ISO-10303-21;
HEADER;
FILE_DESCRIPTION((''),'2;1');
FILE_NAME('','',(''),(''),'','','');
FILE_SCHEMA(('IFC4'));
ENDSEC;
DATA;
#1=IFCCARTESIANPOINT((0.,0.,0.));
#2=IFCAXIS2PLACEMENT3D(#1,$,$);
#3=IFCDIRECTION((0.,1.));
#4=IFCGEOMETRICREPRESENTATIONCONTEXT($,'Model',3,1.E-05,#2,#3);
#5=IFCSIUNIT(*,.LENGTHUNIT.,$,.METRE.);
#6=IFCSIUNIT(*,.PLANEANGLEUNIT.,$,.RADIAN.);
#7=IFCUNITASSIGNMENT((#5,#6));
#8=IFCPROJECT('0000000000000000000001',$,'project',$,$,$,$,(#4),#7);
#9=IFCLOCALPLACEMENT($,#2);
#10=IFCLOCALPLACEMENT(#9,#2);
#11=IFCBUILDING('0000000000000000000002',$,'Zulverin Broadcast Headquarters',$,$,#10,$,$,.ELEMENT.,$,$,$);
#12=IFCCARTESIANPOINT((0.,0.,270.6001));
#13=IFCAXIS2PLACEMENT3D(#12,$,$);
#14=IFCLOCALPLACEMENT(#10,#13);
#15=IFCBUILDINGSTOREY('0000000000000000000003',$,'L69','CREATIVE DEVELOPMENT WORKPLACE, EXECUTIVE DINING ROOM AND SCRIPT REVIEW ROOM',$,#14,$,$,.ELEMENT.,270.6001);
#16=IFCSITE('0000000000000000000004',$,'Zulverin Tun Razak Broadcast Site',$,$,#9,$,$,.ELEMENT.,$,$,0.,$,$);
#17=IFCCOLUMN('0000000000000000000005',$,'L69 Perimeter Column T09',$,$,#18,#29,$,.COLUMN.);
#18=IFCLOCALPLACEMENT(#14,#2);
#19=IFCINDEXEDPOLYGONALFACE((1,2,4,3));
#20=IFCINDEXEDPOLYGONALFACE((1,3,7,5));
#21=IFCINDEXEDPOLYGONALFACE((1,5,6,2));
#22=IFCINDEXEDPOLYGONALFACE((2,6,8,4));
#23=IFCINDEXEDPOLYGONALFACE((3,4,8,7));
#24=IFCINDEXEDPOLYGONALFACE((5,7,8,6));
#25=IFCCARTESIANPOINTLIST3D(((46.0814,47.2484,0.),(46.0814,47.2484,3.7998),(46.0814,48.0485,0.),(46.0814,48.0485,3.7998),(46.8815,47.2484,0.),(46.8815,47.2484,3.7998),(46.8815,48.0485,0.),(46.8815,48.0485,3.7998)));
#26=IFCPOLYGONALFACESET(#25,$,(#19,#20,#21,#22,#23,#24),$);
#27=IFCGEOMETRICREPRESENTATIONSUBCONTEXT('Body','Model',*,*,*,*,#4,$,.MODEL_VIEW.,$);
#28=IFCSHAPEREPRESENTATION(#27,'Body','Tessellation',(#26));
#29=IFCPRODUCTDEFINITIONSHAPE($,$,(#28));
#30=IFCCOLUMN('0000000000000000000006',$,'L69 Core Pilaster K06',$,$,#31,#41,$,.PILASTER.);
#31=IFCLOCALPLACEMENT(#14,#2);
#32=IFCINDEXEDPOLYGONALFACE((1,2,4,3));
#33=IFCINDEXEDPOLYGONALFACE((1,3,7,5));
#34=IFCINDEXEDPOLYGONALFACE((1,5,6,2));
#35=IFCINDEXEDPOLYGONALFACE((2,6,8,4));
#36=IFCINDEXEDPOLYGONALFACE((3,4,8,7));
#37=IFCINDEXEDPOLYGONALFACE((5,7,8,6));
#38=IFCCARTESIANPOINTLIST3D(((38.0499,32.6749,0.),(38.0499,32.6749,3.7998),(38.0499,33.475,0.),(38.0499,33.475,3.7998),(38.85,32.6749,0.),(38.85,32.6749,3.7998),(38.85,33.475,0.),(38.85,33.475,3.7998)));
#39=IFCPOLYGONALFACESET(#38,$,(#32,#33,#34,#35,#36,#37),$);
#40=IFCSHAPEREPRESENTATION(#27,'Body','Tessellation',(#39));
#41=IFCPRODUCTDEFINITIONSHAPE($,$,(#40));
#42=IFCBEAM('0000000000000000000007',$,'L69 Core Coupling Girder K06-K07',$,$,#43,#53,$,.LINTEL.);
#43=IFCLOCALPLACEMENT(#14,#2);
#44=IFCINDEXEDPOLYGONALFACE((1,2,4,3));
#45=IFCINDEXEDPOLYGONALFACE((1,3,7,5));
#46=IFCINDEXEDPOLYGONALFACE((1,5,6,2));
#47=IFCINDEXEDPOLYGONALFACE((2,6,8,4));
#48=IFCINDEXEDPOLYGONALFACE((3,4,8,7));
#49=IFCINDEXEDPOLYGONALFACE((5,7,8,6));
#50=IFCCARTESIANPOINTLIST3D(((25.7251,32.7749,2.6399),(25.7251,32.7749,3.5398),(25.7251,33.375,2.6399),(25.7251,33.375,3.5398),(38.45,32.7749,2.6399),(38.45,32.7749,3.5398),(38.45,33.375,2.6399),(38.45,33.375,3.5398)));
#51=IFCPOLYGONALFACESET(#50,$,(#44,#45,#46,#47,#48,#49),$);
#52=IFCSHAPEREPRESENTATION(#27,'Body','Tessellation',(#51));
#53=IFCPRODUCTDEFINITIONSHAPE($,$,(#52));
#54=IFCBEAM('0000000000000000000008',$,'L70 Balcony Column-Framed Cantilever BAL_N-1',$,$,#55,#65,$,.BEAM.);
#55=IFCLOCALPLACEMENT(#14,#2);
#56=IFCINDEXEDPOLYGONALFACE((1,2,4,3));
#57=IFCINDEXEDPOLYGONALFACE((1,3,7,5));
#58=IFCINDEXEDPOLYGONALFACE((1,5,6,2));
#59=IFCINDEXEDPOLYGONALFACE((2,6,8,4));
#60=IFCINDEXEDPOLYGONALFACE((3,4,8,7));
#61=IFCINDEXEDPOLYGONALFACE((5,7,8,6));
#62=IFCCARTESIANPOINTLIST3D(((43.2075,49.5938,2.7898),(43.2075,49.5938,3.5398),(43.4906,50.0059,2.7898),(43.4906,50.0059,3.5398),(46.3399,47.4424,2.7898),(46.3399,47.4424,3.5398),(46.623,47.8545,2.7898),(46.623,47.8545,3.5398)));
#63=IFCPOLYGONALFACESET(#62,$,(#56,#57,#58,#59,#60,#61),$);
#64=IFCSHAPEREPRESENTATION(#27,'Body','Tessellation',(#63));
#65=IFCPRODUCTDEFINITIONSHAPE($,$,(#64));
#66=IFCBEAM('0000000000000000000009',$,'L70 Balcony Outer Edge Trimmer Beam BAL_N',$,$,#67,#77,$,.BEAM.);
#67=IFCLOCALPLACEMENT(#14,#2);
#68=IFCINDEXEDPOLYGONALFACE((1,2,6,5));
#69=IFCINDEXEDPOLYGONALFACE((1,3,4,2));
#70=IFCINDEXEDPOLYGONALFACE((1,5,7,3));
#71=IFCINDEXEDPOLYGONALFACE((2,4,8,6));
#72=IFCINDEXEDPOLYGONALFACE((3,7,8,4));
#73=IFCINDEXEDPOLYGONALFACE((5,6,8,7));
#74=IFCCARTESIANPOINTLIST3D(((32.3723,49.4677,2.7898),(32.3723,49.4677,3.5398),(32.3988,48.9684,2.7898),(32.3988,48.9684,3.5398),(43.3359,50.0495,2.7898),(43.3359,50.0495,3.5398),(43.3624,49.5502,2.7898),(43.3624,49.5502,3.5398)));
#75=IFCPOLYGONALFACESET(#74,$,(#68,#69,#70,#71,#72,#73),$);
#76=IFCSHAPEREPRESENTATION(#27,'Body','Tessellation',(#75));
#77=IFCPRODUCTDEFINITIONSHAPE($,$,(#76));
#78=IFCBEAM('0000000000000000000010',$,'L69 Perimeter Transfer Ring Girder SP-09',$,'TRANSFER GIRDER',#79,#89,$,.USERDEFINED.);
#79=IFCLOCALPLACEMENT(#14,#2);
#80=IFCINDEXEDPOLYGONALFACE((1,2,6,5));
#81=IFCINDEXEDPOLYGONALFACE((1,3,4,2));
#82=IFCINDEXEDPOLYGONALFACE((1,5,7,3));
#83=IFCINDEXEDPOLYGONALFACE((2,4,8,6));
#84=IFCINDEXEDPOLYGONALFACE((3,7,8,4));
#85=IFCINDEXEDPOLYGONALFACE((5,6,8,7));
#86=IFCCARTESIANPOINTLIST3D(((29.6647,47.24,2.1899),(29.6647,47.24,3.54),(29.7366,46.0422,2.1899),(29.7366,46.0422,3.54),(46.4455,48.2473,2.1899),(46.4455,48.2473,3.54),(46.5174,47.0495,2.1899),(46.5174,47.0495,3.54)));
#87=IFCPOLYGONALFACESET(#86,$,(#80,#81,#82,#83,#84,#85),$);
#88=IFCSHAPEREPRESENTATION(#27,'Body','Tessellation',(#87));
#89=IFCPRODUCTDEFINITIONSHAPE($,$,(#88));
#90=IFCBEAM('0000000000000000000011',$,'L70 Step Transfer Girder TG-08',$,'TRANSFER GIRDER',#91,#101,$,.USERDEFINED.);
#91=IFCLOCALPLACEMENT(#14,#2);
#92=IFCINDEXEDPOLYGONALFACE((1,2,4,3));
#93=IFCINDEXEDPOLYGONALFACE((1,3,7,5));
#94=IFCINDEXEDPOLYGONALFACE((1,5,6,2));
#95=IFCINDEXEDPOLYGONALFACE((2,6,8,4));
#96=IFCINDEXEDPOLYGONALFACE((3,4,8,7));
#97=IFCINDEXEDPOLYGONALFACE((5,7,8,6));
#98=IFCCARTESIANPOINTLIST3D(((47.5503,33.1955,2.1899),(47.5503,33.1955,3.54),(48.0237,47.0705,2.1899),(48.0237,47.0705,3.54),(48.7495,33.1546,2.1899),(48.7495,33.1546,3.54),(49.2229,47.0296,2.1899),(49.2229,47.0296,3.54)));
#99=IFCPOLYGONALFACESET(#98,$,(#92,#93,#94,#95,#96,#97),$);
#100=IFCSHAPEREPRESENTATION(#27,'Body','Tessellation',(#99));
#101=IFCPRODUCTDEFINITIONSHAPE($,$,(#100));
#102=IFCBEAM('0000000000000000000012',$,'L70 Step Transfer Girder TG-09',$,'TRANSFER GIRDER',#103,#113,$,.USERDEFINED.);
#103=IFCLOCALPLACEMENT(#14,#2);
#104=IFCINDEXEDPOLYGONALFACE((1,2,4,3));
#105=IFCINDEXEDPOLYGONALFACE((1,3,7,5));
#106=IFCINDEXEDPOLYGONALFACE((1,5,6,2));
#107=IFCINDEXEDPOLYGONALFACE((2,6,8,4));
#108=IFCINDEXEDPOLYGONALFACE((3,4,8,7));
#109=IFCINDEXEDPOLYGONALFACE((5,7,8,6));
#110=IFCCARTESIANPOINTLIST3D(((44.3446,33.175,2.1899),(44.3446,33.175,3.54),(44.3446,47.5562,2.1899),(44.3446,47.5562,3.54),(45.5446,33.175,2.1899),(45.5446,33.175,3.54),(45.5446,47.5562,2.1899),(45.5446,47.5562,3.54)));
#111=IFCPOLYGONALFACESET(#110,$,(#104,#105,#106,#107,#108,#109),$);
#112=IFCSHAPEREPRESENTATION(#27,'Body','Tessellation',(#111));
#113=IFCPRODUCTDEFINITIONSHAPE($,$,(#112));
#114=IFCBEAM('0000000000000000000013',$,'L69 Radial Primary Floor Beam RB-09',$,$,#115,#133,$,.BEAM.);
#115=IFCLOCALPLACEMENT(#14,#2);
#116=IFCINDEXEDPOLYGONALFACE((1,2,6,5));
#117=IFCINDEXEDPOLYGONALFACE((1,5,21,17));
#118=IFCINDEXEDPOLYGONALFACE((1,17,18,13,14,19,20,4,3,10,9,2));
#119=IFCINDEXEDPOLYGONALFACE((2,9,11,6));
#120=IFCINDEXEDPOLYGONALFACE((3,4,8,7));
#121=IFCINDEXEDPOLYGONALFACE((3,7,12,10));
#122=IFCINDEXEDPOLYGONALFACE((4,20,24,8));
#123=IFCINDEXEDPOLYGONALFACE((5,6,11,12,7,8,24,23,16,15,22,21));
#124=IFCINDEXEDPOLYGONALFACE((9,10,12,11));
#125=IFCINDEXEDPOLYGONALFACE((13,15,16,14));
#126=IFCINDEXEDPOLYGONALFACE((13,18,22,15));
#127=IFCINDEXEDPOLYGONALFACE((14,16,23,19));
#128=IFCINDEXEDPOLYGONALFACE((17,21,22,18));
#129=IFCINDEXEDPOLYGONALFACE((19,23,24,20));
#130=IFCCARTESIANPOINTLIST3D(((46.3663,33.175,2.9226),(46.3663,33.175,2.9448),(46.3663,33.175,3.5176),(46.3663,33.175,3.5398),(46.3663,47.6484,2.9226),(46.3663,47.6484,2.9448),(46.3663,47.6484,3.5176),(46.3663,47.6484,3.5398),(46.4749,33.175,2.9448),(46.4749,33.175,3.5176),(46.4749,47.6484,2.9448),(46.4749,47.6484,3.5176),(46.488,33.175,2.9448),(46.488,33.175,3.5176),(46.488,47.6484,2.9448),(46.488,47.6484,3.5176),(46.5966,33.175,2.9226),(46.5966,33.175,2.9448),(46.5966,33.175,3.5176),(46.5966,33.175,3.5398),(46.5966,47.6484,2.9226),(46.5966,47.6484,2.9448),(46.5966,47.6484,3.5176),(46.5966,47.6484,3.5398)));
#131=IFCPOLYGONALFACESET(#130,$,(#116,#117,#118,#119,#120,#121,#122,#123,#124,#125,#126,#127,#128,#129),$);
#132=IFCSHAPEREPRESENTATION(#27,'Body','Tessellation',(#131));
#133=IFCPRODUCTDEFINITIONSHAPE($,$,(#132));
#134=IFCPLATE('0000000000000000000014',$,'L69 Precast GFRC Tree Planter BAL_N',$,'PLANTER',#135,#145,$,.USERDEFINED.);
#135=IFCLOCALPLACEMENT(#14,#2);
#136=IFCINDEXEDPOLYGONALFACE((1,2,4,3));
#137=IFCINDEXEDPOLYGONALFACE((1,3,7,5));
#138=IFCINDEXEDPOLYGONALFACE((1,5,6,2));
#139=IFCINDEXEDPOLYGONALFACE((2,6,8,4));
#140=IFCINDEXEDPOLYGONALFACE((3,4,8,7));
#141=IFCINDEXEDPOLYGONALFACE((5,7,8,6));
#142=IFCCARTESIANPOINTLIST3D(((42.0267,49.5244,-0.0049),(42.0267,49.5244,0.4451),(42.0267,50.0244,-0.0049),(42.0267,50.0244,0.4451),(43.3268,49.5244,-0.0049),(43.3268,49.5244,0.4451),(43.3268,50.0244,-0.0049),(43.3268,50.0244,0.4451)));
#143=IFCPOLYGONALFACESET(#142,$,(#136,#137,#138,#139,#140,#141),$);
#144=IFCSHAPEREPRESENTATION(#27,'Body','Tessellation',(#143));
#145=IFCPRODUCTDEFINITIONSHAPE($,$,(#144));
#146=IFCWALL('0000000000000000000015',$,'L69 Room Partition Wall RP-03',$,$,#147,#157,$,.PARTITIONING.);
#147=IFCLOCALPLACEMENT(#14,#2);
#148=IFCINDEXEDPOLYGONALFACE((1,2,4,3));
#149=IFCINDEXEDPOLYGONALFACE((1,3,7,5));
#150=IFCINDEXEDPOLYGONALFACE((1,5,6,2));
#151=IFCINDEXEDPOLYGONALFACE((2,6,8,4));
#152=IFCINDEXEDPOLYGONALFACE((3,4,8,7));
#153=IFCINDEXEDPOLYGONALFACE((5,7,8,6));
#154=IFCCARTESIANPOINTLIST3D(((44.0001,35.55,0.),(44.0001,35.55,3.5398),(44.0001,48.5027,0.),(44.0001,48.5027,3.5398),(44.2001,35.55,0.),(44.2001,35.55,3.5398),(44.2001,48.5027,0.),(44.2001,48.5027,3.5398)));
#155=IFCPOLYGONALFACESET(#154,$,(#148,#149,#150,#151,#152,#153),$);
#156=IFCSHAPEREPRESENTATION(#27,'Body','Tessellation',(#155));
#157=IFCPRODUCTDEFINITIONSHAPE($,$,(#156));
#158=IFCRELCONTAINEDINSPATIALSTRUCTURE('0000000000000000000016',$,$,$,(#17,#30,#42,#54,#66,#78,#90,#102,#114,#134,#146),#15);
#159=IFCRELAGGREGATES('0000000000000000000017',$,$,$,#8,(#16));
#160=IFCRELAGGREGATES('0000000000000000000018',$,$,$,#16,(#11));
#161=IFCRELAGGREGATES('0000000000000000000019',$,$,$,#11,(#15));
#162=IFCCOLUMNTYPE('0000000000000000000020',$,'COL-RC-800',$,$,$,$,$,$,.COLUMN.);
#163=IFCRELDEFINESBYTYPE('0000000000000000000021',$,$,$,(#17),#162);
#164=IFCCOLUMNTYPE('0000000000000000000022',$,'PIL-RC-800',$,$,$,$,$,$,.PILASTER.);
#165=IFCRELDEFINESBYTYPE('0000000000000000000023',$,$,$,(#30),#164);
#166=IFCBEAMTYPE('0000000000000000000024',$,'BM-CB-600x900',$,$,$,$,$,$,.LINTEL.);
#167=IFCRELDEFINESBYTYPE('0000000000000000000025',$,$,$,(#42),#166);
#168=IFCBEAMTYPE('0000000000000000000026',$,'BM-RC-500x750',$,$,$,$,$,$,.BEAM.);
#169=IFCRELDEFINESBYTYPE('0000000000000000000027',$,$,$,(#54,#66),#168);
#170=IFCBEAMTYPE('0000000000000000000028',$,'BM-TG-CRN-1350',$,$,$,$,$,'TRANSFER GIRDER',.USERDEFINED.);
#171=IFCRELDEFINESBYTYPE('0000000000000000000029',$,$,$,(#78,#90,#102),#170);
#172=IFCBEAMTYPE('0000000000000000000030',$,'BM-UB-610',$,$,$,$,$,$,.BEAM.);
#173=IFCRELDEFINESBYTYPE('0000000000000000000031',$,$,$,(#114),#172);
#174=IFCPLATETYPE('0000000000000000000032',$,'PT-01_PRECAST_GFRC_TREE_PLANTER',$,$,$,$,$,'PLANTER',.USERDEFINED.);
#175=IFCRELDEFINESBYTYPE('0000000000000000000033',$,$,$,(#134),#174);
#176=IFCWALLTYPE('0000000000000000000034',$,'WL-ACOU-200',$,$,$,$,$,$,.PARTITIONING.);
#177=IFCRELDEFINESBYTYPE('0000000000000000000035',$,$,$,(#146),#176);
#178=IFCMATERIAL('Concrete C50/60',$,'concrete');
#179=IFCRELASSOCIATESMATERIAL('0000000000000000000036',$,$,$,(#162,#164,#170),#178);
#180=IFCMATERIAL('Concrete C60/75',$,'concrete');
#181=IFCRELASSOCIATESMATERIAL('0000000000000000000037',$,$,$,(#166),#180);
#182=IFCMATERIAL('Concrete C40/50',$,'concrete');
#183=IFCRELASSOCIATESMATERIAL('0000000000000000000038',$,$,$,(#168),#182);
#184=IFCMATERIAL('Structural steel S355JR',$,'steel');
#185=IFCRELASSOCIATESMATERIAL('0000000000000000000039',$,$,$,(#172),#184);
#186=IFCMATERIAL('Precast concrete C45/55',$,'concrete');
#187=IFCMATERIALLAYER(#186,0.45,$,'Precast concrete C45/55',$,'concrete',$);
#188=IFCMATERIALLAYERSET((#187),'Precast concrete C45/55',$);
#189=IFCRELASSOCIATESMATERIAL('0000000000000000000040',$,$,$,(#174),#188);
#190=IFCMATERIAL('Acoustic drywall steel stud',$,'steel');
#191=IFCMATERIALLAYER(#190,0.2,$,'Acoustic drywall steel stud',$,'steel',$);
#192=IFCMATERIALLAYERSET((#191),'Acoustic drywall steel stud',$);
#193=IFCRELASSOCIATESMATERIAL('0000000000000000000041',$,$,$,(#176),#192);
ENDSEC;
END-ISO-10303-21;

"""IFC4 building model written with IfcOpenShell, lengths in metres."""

from ifc_helpers import new_model, si_unit, direction, frame, frame_2d, origin, origin_2d, place, context, subcontext, project, spatial, rectangle, i_section, extrude, material, layer, layer_set, material_profile, profile_set, type_object, element, save


model = new_model("IFC4")

# Units and contexts
model_context = context("Model", 3, precision=1e-05, world=origin(), true_north=direction((0.0, 1.0)))
body_context = subcontext(model_context, "Body", "Model", "MODEL_VIEW")
ifc_project = project(units=[si_unit("LENGTHUNIT", "METRE"), si_unit("PLANEANGLEUNIT", "RADIAN")], contexts=[model_context])

# Site, building, storey
site_placement = place(None, origin())
site = spatial("IfcSite", under=ifc_project, at=site_placement, Name="Zulverin Tun Razak Broadcast Site", CompositionType="ELEMENT", RefElevation=0.0)
building_placement = place(site_placement, origin())
building = spatial("IfcBuilding", under=site, at=building_placement, Name="Zulverin Broadcast Headquarters", CompositionType="ELEMENT")
storey_placement = place(building_placement, frame((0.0, 0.0, 270.6001)))
storey = spatial("IfcBuildingStorey", under=building, at=storey_placement, Name="L69", Description="CREATIVE DEVELOPMENT WORKPLACE, EXECUTIVE DINING ROOM AND SCRIPT REVIEW ROOM", CompositionType="ELEMENT", Elevation=270.6001)

# Columns
ifc_material_1 = material(Name="Concrete C50/60", Category="concrete")
ifc_material_profile_1 = material_profile(ifc_material_1, rectangle(XDim=0.8, YDim=0.8, at=origin_2d()), Name="Concrete C50/60", Category="concrete")
ifc_profile_set_1 = profile_set([ifc_material_profile_1], Name="Concrete C50/60")
column_type_1 = type_object("IfcColumnType", Name="COL-RC-800", PredefinedType="COLUMN", material=ifc_profile_set_1)
column_1_placement = place(storey_placement, frame((46.4814, 47.6484, 0.0), z_axis=(0.0, 0.0, 1.0), x_axis=(1.0, 0.0, 0.0)))
element("IfcColumn", 1, at=column_1_placement, inside=storey, type_object=column_type_1, Name="L69 Perimeter Column T09", PredefinedType="COLUMN", context=body_context, shape_type="SweptSolid", body=[
    extrude(rectangle(XDim=0.8, YDim=0.8, at=origin_2d()), origin(), (0.0, 0.0, 1.0), 3.7998),
])
ifc_material_profile_2 = material_profile(ifc_material_1, rectangle(XDim=0.8, YDim=0.8, at=origin_2d()), Name="Concrete C50/60", Category="concrete")
ifc_profile_set_2 = profile_set([ifc_material_profile_2], Name="Concrete C50/60")
column_type_2 = type_object("IfcColumnType", Name="PIL-RC-800", PredefinedType="PILASTER", material=ifc_profile_set_2)
column_2_placement = place(storey_placement, frame((38.45, 33.075, 0.0), z_axis=(0.0, 0.0, 1.0), x_axis=(1.0, 0.0, 0.0)))
element("IfcColumn", 2, at=column_2_placement, inside=storey, type_object=column_type_2, Name="L69 Core Pilaster K06", PredefinedType="PILASTER", context=body_context, shape_type="SweptSolid", body=[
    extrude(rectangle(XDim=0.8, YDim=0.8, at=origin_2d()), origin(), (0.0, 0.0, 1.0), 3.7998),
])

# Beams
ifc_material_2 = material(Name="Concrete C60/75", Category="concrete")
ifc_material_profile_3 = material_profile(ifc_material_2, rectangle(XDim=0.6001, YDim=0.8999, at=origin_2d()), Name="Concrete C60/75", Category="concrete")
ifc_profile_set_3 = profile_set([ifc_material_profile_3], Name="Concrete C60/75")
beam_type_1 = type_object("IfcBeamType", Name="BM-CB-600x900", PredefinedType="LINTEL", material=ifc_profile_set_3)
beam_1_placement = place(storey_placement, frame((38.45, 33.075, 3.0898), z_axis=(-1.0, 0.0, 0.0), x_axis=(0.0, -1.0, 0.0)))
element("IfcBeam", 3, at=beam_1_placement, inside=storey, type_object=beam_type_1, Name="L69 Core Coupling Girder K06-K07", PredefinedType="LINTEL", context=body_context, shape_type="SweptSolid", body=[
    extrude(rectangle(XDim=0.6001, YDim=0.8999, at=origin_2d()), origin(), (0.0, 0.0, 1.0), 12.7249),
])
ifc_material_3 = material(Name="Concrete C40/50", Category="concrete")
ifc_material_profile_4 = material_profile(ifc_material_3, rectangle(XDim=0.5, YDim=0.75, at=origin_2d()), Name="Concrete C40/50", Category="concrete")
ifc_profile_set_4 = profile_set([ifc_material_profile_4], Name="Concrete C40/50")
beam_type_2 = type_object("IfcBeamType", Name="BM-RC-500x750", PredefinedType="BEAM", material=ifc_profile_set_4)
beam_2_placement = place(storey_placement, frame((46.4814, 47.6484, 3.1648), z_axis=(-0.824301, 0.566152, 0.0), x_axis=(-0.566152, -0.824301, 0.0)))
element("IfcBeam", 4, at=beam_2_placement, inside=storey, type_object=beam_type_2, Name="L70 Balcony Column-Framed Cantilever BAL_N-1", PredefinedType="BEAM", context=body_context, shape_type="SweptSolid", body=[
    extrude(rectangle(XDim=0.5, YDim=0.75, at=origin_2d()), origin(), (0.0, 0.0, 1.0), 3.8),
])
beam_3_placement = place(storey_placement, frame((43.3491, 49.7998, 3.1648), z_axis=(-0.998595, -0.052991, 0.0), x_axis=(0.052991, -0.998595, 0.0)))
element("IfcBeam", 5, at=beam_3_placement, inside=storey, type_object=beam_type_2, Name="L70 Balcony Outer Edge Trimmer Beam BAL_N", PredefinedType="BEAM", context=body_context, shape_type="SweptSolid", body=[
    extrude(rectangle(XDim=0.5, YDim=0.75, at=origin_2d()), origin(), (0.0, 0.0, 1.0), 10.979),
])
ifc_material_profile_5 = material_profile(ifc_material_1, rectangle(XDim=1.2, YDim=1.3501, at=origin_2d()), Name="Concrete C50/60", Category="concrete")
ifc_profile_set_5 = profile_set([ifc_material_profile_5], Name="Concrete C50/60")
beam_type_3 = type_object("IfcBeamType", Name="BM-TG-CRN-1350", ElementType="TRANSFER GIRDER", PredefinedType="USERDEFINED", material=ifc_profile_set_5)
beam_4_placement = place(storey_placement, frame((46.4814, 47.6484, 2.865), z_axis=(-0.998203, -0.059921, 0.0), x_axis=(0.059921, -0.998203, 0.0)))
element("IfcBeam", 6, at=beam_4_placement, inside=storey, type_object=beam_type_3, Name="L69 Perimeter Transfer Ring Girder SP-09", ObjectType="TRANSFER GIRDER", PredefinedType="USERDEFINED", context=body_context, shape_type="SweptSolid", body=[
    extrude(rectangle(XDim=1.2, YDim=1.3501, at=origin_2d()), origin(), (0.0, 0.0, 1.0), 16.811),
])
beam_5_placement = place(storey_placement, frame((48.1499, 33.175, 2.865), z_axis=(0.034098, 0.999418, 0.0), x_axis=(-0.999418, 0.034098, 0.0)))
element("IfcBeam", 7, at=beam_5_placement, inside=storey, type_object=beam_type_3, Name="L70 Step Transfer Girder TG-08", ObjectType="TRANSFER GIRDER", PredefinedType="USERDEFINED", context=body_context, shape_type="SweptSolid", body=[
    extrude(rectangle(XDim=1.2, YDim=1.3501, at=origin_2d()), origin(), (0.0, 0.0, 1.0), 13.8831),
])
beam_6_placement = place(storey_placement, frame((44.9446, 33.175, 2.865), z_axis=(0.0, 1.0, 0.0), x_axis=(-1.0, 0.0, 0.0)))
element("IfcBeam", 8, at=beam_6_placement, inside=storey, type_object=beam_type_3, Name="L70 Step Transfer Girder TG-09", ObjectType="TRANSFER GIRDER", PredefinedType="USERDEFINED", context=body_context, shape_type="SweptSolid", body=[
    extrude(rectangle(XDim=1.2, YDim=1.3501, at=origin_2d()), origin(), (0.0, 0.0, 1.0), 14.3811),
])
ifc_material_4 = material(Name="Structural steel S355JR", Category="steel")
ifc_material_profile_6 = material_profile(ifc_material_4, i_section(OverallWidth=0.2302, OverallDepth=0.6172, WebThickness=0.0132, FlangeThickness=0.0222, at=origin_2d()), Name="Structural steel S355JR", Category="steel")
ifc_profile_set_6 = profile_set([ifc_material_profile_6], Name="Structural steel S355JR")
beam_type_4 = type_object("IfcBeamType", Name="BM-UB-610", PredefinedType="BEAM", material=ifc_profile_set_6)
beam_7_placement = place(storey_placement, frame((46.4814, 33.175, 3.2312), z_axis=(0.0, 1.0, 0.0), x_axis=(-1.0, 0.0, 0.0)))
element("IfcBeam", 9, at=beam_7_placement, inside=storey, type_object=beam_type_4, Name="L69 Radial Primary Floor Beam RB-09", PredefinedType="BEAM", context=body_context, shape_type="SweptSolid", body=[
    extrude(i_section(OverallWidth=0.2302, OverallDepth=0.6172, WebThickness=0.0132, FlangeThickness=0.0222, at=origin_2d()), origin(), (0.0, 0.0, 1.0), 14.4734),
])

# Plate
ifc_material_5 = material(Name="Precast concrete C45/55", Category="concrete")
ifc_layer_1 = layer(ifc_material_5, 0.45, Name="Precast concrete C45/55", Category="concrete")
ifc_layer_set_1 = layer_set([ifc_layer_1], Name="Precast concrete C45/55")
plate_type = type_object("IfcPlateType", Name="PT-01_PRECAST_GFRC_TREE_PLANTER", ElementType="PLANTER", PredefinedType="USERDEFINED", material=ifc_layer_set_1)
plate_placement = place(storey_placement, frame((42.6768, 49.7744, -0.0049), z_axis=(0.0, 0.0, 1.0), x_axis=(1.0, 0.0, 0.0)))
element("IfcPlate", 10, at=plate_placement, inside=storey, type_object=plate_type, Name="L69 Precast GFRC Tree Planter BAL_N", ObjectType="PLANTER", PredefinedType="USERDEFINED", context=body_context, shape_type="SweptSolid", body=[
    extrude(rectangle(XDim=1.3, YDim=0.5, at=origin_2d()), origin(), (0.0, 0.0, 1.0), 0.45),
])

# Wall
ifc_material_6 = material(Name="Acoustic drywall steel stud", Category="steel")
ifc_layer_2 = layer(ifc_material_6, 0.2, Name="Acoustic drywall steel stud", Category="steel")
ifc_layer_set_2 = layer_set([ifc_layer_2], Name="Acoustic drywall steel stud")
wall_type_1 = type_object("IfcWallType", Name="WL-ACOU-200", PredefinedType="PARTITIONING", material=ifc_layer_set_2)
wall_1_placement = place(storey_placement, frame((44.1001, 35.55, 0.0), z_axis=(0.0, 0.0, 1.0), x_axis=(0.0, 1.0, 0.0)))
element("IfcWall", 11, at=wall_1_placement, inside=storey, type_object=wall_type_1, Name="L69 Room Partition Wall RP-03", PredefinedType="PARTITIONING", context=body_context, shape_type="SweptSolid", body=[
    extrude(rectangle(XDim=12.9526, YDim=0.2, at=frame_2d((6.4763, 0.0))), origin(), (0.0, 0.0, 1.0), 3.5398),
])

save(model, "model.ifc")
